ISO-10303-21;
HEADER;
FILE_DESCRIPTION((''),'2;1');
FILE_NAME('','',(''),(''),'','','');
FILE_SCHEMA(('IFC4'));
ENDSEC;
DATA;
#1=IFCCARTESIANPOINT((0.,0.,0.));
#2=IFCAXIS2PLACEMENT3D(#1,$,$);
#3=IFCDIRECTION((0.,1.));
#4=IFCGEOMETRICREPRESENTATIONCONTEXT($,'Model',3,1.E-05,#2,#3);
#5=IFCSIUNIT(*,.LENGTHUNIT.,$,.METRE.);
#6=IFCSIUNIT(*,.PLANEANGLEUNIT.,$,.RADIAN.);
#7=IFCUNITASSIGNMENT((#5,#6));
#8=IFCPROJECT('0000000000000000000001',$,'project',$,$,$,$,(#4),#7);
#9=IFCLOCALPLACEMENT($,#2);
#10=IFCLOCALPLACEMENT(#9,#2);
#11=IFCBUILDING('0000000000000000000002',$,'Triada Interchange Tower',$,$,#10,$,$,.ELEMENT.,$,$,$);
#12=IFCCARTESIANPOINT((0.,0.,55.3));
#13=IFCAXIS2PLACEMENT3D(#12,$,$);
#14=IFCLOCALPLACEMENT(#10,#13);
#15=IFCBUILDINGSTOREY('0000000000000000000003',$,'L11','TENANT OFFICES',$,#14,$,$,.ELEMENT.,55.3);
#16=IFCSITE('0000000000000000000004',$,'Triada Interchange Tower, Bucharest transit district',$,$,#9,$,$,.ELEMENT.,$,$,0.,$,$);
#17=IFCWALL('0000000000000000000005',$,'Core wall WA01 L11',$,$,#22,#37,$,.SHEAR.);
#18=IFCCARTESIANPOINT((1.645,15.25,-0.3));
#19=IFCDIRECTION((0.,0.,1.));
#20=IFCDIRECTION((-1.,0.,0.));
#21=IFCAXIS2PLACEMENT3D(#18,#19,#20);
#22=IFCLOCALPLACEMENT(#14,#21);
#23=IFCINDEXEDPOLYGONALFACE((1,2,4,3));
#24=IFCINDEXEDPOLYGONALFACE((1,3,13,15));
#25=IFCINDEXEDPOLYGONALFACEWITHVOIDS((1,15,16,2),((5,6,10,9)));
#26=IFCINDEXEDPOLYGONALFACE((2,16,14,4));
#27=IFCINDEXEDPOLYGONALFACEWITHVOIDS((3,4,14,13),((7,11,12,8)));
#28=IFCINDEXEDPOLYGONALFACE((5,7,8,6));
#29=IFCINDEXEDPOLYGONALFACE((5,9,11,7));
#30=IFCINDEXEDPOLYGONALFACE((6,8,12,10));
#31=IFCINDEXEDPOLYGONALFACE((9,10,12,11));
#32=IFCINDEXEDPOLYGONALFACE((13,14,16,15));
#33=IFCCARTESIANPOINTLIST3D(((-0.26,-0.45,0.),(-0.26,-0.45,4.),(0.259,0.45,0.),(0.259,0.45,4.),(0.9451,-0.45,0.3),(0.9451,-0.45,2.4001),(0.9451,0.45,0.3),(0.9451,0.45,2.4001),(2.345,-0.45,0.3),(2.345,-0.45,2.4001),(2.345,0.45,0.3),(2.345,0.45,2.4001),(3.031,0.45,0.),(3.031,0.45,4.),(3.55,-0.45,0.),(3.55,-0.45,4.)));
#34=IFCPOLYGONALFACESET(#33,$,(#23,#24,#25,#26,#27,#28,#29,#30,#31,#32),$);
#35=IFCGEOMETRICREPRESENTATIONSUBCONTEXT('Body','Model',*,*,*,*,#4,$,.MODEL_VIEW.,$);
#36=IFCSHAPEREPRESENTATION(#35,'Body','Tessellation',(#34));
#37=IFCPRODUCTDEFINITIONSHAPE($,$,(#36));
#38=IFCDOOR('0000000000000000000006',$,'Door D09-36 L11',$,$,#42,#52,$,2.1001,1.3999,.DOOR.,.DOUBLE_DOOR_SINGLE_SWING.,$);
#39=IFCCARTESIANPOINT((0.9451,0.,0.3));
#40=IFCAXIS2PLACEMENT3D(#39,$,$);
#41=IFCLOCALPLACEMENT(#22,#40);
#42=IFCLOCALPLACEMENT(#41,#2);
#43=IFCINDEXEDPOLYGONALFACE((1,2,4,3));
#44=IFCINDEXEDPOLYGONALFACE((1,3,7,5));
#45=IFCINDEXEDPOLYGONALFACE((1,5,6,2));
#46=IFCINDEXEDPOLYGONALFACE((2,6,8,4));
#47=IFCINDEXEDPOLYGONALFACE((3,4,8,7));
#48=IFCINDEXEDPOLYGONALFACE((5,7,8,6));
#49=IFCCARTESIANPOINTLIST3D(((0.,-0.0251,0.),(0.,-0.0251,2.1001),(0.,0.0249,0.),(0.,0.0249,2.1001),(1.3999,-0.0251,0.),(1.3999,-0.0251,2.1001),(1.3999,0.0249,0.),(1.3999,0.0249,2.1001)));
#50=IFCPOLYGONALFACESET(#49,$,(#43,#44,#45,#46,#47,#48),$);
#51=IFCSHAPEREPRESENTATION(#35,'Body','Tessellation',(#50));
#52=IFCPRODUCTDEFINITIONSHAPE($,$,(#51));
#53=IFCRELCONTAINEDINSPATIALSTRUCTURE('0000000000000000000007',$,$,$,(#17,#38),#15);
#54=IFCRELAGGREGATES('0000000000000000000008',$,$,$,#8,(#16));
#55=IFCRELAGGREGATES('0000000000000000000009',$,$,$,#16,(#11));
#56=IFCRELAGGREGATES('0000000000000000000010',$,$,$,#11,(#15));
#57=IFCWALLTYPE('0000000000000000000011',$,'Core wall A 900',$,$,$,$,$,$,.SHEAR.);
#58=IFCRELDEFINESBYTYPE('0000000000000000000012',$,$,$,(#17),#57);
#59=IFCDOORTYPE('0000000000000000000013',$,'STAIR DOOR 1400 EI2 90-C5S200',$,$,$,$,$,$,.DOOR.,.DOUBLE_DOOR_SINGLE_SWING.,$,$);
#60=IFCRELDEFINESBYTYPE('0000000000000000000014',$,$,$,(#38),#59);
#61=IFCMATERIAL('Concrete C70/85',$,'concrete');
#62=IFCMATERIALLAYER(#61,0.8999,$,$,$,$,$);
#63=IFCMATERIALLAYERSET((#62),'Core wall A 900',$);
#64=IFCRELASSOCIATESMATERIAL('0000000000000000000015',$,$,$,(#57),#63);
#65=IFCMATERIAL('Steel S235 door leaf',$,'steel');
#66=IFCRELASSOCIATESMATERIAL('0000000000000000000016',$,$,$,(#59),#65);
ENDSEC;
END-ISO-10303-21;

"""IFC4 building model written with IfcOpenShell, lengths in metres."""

from ifc_helpers import new_model, si_unit, direction, frame, frame_2d, origin, place, context, subcontext, project, spatial, polyline, rectangle, outline, extrude, material, layer, layer_set, type_object, element, fill, save


model = new_model("IFC4")

# Units and contexts
model_context = context("Model", 3, precision=1e-05, world=origin(), true_north=direction((0.0, 1.0)))
body_context = subcontext(model_context, "Body", "Model", "MODEL_VIEW")
ifc_project = project(units=[si_unit("LENGTHUNIT", "METRE"), si_unit("PLANEANGLEUNIT", "RADIAN")], contexts=[model_context])

# Site, building, storey
site_placement = place(None, origin())
site = spatial("IfcSite", under=ifc_project, at=site_placement, Name="Triada Interchange Tower, Bucharest transit district", CompositionType="ELEMENT", RefElevation=0.0)
building_placement = place(site_placement, origin())
building = spatial("IfcBuilding", under=site, at=building_placement, Name="Triada Interchange Tower", CompositionType="ELEMENT")
storey_placement = place(building_placement, frame((0.0, 0.0, 55.3)))
storey = spatial("IfcBuildingStorey", under=building, at=storey_placement, Name="L11", Description="TENANT OFFICES", CompositionType="ELEMENT", Elevation=55.3)

# Shared definitions
ifc_material_1 = material(Name="Concrete C70/85", Category="concrete")

# Wall, opening, door
ifc_layer_1 = layer(ifc_material_1, 0.8999)
ifc_layer_set_1 = layer_set([ifc_layer_1], Name="Core wall A 900")
wall_type_1 = type_object("IfcWallType", Name="Core wall A 900", PredefinedType="SHEAR", material=ifc_layer_set_1)
wall_1_placement = place(storey_placement, frame((1.645, 15.25, -0.3), z_axis=(0.0, 0.0, 1.0), x_axis=(-1.0, 0.0, 0.0)))
wall_1 = element("IfcWall", 1, at=wall_1_placement, inside=storey, type_object=wall_type_1, Name="Core wall WA01 L11", PredefinedType="SHEAR", context=body_context, shape_type="SweptSolid", body=[
    extrude(outline(polyline([(-0.26, -0.45), (1.645, -0.45), (3.55, -0.45), (3.031, 0.45), (1.645, 0.45), (0.259, 0.45), (-0.26, -0.45)])), origin(), (0.0, 0.0, 1.0), 4.0),
])
opening_placement = place(wall_1_placement, frame((0.9451, 0.0, 0.3)))
opening = element("IfcOpeningElement", 2, at=opening_placement, cuts=wall_1, PredefinedType="OPENING", context=body_context, shape_type="SweptSolid", body=[
    extrude(rectangle(XDim=1.3999, YDim=2.1001, at=frame_2d((0.7, 1.05))), frame((0.0, 0.46, 0.0), z_axis=(0.0, -1.0, 0.0), x_axis=(1.0, 0.0, 0.0)), (0.0, 0.0, 1.0), 0.9199),
])
ifc_material_2 = material(Name="Steel S235 door leaf", Category="steel")
door_type = type_object("IfcDoorType", Name="STAIR DOOR 1400 EI2 90-C5S200", OperationType="DOUBLE_DOOR_SINGLE_SWING", PredefinedType="DOOR", material=ifc_material_2)
door_placement = place(opening_placement, origin())
door = element("IfcDoor", 3, at=door_placement, inside=storey, type_object=door_type, Name="Door D09-36 L11", OperationType="DOUBLE_DOOR_SINGLE_SWING", OverallHeight=2.1001, OverallWidth=1.3999, PredefinedType="DOOR", context=body_context, shape_type="SweptSolid", body=[
    extrude(rectangle(XDim=1.3999, YDim=2.1001, at=frame_2d((0.7, 1.05))), frame((0.0, 0.0249, 0.0), z_axis=(0.0, -1.0, 0.0), x_axis=(1.0, 0.0, 0.0)), (0.0, 0.0, 1.0), 0.05),
])
fill(opening, door)

save(model, "model.ifc")
